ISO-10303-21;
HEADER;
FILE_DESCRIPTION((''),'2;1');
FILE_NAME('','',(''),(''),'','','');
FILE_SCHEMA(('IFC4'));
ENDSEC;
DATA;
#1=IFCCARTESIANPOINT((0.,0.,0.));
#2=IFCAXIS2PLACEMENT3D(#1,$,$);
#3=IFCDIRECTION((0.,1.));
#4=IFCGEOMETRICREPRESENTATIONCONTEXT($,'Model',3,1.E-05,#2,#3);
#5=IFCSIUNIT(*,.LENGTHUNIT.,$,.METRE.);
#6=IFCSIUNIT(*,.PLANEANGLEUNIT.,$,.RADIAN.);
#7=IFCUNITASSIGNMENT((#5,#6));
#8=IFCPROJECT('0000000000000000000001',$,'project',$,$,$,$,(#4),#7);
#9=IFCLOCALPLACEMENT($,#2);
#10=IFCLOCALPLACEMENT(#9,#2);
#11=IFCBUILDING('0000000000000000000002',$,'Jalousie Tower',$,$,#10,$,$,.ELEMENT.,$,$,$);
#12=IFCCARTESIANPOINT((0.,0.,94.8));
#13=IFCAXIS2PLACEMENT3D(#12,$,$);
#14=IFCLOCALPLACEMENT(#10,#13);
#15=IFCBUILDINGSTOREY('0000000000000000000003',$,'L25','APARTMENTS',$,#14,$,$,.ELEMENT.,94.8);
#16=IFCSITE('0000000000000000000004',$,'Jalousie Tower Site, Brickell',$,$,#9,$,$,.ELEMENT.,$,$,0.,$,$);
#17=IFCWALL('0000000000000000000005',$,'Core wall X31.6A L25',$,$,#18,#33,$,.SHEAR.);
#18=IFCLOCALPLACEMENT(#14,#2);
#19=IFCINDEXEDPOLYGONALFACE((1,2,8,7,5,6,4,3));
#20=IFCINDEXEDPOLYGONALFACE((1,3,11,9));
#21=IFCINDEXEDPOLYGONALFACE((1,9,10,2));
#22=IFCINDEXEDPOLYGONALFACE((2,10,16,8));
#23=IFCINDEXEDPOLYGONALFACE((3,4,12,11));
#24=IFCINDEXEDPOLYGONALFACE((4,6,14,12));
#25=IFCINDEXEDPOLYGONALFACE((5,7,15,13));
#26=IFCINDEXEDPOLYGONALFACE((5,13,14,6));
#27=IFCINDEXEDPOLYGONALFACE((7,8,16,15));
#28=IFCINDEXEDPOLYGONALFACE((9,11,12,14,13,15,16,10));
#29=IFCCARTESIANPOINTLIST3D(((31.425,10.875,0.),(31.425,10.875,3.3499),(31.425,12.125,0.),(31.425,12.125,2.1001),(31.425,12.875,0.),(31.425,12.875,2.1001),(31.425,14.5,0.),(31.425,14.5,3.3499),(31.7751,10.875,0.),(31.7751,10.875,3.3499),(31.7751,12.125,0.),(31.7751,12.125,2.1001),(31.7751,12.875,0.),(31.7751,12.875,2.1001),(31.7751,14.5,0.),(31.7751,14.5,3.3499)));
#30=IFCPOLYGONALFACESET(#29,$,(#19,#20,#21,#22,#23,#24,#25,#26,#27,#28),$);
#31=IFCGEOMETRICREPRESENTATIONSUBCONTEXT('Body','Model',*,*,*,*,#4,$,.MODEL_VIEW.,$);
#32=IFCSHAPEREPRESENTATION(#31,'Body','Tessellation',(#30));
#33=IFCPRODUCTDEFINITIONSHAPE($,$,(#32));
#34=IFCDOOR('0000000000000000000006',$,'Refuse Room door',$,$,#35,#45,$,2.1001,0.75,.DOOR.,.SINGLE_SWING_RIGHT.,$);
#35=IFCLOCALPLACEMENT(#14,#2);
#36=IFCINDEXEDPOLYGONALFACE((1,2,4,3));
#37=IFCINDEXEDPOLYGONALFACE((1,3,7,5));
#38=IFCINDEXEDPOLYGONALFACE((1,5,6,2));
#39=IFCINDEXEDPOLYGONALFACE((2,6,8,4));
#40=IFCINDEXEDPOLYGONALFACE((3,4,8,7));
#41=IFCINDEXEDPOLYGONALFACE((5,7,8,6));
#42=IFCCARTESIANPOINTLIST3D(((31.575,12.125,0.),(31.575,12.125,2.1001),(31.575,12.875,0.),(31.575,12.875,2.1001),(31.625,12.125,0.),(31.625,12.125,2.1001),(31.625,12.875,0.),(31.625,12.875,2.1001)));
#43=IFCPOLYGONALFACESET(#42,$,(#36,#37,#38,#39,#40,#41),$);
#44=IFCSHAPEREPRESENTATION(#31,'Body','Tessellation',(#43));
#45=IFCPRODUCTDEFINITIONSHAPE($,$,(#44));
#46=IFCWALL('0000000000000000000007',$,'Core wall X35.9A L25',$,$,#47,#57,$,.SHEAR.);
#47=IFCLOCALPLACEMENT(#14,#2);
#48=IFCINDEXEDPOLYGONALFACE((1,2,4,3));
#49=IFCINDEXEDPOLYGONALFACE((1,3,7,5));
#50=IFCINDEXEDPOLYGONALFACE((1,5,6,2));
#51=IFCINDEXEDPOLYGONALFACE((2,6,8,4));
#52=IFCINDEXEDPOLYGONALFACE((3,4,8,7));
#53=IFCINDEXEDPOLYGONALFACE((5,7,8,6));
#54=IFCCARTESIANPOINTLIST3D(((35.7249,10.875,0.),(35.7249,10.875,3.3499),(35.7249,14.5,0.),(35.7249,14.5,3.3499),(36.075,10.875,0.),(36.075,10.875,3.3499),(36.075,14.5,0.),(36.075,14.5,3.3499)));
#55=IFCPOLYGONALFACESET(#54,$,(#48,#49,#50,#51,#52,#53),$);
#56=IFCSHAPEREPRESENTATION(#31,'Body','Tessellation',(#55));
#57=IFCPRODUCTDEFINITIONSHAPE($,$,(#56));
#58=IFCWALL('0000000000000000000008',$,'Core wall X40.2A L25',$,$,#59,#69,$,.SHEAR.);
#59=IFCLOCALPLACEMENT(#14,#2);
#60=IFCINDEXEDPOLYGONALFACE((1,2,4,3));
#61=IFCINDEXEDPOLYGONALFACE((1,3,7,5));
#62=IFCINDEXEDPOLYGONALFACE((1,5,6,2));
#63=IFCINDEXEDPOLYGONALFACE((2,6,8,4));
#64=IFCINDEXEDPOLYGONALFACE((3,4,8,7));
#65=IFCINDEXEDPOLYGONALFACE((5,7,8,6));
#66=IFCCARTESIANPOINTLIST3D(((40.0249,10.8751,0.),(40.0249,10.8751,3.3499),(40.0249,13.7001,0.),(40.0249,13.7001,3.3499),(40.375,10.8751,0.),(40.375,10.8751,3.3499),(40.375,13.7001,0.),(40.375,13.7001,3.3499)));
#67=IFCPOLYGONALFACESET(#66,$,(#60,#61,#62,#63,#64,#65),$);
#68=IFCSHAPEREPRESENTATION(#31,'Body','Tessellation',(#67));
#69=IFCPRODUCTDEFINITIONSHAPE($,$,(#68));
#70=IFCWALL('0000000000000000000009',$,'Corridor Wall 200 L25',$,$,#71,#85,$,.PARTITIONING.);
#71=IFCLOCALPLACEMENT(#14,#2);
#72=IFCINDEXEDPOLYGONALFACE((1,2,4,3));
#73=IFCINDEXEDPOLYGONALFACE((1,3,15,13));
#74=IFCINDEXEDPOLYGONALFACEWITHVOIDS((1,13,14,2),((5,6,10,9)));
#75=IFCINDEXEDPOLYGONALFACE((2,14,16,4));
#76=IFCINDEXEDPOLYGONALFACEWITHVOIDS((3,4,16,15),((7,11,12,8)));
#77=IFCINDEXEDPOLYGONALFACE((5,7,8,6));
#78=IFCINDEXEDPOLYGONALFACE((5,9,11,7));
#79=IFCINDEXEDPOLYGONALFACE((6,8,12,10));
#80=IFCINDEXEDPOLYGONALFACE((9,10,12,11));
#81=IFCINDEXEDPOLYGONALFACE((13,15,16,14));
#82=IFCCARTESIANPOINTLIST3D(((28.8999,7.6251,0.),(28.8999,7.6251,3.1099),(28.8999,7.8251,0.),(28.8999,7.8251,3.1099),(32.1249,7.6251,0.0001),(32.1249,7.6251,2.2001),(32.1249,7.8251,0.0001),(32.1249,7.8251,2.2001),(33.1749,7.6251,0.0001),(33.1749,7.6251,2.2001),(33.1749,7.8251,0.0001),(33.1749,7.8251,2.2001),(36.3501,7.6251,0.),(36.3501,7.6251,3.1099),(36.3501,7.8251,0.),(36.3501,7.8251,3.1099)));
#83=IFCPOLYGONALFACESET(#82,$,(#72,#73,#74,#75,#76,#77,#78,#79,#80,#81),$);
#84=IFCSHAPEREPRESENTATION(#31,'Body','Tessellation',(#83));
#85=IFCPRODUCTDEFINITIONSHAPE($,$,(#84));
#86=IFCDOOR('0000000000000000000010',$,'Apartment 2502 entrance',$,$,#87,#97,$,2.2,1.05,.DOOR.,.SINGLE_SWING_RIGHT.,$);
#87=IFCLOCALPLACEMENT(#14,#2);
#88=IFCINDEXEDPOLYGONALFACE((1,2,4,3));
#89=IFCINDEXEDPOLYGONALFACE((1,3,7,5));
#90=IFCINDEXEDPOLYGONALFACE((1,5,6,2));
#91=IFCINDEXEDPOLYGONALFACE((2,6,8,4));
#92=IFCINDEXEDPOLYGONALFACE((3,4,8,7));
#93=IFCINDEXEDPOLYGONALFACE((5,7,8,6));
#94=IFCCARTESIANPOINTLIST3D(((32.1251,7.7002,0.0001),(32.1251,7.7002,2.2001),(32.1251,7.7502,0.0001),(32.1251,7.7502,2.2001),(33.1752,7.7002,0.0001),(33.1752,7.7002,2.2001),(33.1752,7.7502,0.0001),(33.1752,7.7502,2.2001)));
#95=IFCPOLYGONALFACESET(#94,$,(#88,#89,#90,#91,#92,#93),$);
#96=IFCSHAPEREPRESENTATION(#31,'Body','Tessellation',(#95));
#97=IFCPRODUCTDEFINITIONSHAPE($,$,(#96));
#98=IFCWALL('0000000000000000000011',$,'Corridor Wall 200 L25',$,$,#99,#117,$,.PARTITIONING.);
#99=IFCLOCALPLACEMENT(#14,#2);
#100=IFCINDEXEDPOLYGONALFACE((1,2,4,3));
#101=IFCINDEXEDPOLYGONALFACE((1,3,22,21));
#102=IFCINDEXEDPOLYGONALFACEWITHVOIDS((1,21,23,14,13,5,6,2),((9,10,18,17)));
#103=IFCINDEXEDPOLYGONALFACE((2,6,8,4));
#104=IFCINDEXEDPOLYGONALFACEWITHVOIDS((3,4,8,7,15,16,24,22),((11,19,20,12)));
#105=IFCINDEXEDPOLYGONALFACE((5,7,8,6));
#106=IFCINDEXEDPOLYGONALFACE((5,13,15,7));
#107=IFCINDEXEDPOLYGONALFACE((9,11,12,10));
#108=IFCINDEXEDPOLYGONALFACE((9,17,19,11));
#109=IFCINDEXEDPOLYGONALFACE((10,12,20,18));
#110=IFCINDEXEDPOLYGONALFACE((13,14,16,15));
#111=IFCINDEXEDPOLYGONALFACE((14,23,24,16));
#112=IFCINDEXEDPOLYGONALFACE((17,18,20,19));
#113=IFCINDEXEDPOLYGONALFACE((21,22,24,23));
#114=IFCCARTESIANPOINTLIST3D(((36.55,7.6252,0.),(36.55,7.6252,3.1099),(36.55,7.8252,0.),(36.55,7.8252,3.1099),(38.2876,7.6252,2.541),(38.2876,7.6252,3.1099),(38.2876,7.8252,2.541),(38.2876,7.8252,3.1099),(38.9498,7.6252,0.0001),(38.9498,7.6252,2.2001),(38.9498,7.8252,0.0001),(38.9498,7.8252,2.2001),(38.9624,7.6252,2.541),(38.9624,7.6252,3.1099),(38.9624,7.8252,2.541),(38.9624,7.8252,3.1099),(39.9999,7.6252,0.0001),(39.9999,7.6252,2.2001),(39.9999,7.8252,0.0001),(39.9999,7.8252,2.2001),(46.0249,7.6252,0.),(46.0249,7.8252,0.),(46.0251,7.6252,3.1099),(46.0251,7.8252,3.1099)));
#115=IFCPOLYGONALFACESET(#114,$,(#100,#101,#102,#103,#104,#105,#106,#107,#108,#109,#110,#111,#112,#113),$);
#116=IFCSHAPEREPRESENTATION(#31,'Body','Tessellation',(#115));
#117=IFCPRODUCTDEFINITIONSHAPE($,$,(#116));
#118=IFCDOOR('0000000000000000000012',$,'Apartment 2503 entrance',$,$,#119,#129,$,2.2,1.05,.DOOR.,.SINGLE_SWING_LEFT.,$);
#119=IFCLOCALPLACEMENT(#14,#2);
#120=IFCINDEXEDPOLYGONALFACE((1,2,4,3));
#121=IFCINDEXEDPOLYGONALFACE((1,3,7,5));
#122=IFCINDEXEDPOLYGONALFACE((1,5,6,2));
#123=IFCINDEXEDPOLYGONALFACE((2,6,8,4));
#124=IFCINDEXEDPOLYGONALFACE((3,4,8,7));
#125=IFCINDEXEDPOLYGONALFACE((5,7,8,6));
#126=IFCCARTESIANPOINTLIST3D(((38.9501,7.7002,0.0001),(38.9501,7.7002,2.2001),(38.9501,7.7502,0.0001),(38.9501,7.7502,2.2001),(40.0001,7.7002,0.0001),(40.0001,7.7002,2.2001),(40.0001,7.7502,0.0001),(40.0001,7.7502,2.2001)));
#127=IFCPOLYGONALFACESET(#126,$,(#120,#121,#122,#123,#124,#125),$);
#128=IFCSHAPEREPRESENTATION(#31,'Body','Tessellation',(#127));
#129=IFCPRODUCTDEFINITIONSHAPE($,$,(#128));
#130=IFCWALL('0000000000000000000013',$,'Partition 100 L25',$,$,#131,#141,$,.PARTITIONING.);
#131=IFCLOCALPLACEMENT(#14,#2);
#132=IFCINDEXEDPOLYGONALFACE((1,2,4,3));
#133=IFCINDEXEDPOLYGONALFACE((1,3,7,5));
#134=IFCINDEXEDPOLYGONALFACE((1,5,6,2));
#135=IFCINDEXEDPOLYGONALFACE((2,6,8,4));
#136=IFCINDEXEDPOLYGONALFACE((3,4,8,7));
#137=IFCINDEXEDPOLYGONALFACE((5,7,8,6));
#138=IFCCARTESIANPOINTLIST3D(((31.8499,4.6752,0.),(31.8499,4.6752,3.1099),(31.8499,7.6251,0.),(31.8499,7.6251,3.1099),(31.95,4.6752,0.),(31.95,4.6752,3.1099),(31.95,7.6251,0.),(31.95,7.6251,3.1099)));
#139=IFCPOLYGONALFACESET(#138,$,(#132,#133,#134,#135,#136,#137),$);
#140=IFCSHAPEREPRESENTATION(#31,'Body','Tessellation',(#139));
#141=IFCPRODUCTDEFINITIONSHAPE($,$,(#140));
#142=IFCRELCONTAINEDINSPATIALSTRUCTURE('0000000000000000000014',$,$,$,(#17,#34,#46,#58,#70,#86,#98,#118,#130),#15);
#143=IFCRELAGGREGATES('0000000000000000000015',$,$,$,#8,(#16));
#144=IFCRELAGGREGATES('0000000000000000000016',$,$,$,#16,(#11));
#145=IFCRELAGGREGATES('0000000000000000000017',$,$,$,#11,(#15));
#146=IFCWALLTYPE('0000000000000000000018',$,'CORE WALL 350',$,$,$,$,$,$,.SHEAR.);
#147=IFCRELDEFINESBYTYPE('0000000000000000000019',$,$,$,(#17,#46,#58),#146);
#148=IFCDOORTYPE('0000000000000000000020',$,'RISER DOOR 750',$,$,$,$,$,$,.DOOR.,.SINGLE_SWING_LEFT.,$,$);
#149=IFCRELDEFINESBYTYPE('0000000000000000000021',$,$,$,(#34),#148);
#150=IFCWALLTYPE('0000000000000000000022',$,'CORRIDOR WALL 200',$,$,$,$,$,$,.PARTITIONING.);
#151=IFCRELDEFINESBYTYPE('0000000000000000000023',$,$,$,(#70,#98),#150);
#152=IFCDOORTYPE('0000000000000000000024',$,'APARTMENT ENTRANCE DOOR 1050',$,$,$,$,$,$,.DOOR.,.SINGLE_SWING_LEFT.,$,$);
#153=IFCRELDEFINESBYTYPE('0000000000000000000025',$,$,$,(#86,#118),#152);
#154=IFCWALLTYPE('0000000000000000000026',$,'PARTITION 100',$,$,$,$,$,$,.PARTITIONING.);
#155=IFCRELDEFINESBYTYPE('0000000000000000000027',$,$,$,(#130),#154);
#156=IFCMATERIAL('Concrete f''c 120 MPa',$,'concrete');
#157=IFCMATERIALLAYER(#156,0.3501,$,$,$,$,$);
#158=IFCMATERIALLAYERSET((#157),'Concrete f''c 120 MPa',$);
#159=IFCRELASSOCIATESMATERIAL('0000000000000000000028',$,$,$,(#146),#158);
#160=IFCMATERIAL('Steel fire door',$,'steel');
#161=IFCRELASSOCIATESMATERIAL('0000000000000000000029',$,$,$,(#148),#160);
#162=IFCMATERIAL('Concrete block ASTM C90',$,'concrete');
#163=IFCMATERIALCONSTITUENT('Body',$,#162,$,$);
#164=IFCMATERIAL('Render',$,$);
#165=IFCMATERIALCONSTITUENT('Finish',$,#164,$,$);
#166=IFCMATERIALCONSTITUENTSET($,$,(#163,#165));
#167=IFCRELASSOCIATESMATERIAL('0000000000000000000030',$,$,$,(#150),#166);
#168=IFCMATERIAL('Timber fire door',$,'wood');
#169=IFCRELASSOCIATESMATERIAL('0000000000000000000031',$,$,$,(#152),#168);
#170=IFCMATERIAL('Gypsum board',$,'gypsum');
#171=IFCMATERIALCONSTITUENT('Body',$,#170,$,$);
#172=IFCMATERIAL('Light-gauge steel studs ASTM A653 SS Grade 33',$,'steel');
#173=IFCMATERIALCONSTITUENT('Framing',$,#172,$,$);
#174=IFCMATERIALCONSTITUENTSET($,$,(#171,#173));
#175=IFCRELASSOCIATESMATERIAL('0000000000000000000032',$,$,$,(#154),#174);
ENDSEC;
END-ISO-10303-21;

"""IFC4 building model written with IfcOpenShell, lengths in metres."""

from ifc_helpers import new_model, si_unit, direction, frame, frame_2d, origin, place, context, subcontext, project, spatial, polyline, rectangle, outline, extrude, material, layer, layer_set, constituent, constituent_set, type_object, element, fill, save


model = new_model("IFC4")

# Units and contexts
model_context = context("Model", 3, precision=1e-05, world=origin(), true_north=direction((0.0, 1.0)))
body_context = subcontext(model_context, "Body", "Model", "MODEL_VIEW")
ifc_project = project(units=[si_unit("LENGTHUNIT", "METRE"), si_unit("PLANEANGLEUNIT", "RADIAN")], contexts=[model_context])

# Site, building, storey
site_placement = place(None, origin())
site = spatial("IfcSite", under=ifc_project, at=site_placement, Name="Jalousie Tower Site, Brickell", CompositionType="ELEMENT", RefElevation=0.0)
building_placement = place(site_placement, origin())
building = spatial("IfcBuilding", under=site, at=building_placement, Name="Jalousie Tower", CompositionType="ELEMENT")
storey_placement = place(building_placement, frame((0.0, 0.0, 94.8)))
storey = spatial("IfcBuildingStorey", under=building, at=storey_placement, Name="L25", Description="APARTMENTS", CompositionType="ELEMENT", Elevation=94.8)

# Wall, opening, door
ifc_material_1 = material(Name="Concrete f'c 120 MPa", Category="concrete")
ifc_layer_1 = layer(ifc_material_1, 0.3501)
ifc_layer_set_1 = layer_set([ifc_layer_1], Name="Concrete f'c 120 MPa")
wall_type_1 = type_object("IfcWallType", Name="CORE WALL 350", PredefinedType="SHEAR", material=ifc_layer_set_1)
wall_1_placement = place(storey_placement, frame((31.6001, 10.875, 0.0), z_axis=(0.0, 0.0, 1.0), x_axis=(0.0, 1.0, 0.0)))
wall_1 = element("IfcWall", 1, at=wall_1_placement, inside=storey, type_object=wall_type_1, Name="Core wall X31.6A L25", PredefinedType="SHEAR", context=body_context, shape_type="SweptSolid", body=[
    extrude(rectangle(XDim=3.625, YDim=0.3501, at=frame_2d((1.8125, 0.0))), origin(), (0.0, 0.0, 1.0), 3.3499),
])
opening_1_placement = place(wall_1_placement, frame((1.25, 0.0, 0.0)))
opening_1 = element("IfcOpeningElement", 2, at=opening_1_placement, cuts=wall_1, PredefinedType="OPENING", context=body_context, shape_type="SweptSolid", body=[
    extrude(rectangle(XDim=0.75, YDim=2.1001, at=frame_2d((0.375, 1.05))), frame((0.0, 0.1851, 0.0), z_axis=(0.0, -1.0, 0.0), x_axis=(1.0, 0.0, 0.0)), (0.0, 0.0, 1.0), 0.3701),
])
ifc_material_2 = material(Name="Steel fire door", Category="steel")
door_type_1 = type_object("IfcDoorType", Name="RISER DOOR 750", OperationType="SINGLE_SWING_LEFT", PredefinedType="DOOR", material=ifc_material_2)
door_1_placement = place(opening_1_placement, frame((0.75, 0.0, 0.0), z_axis=(0.0, 0.0, 1.0), x_axis=(-1.0, 0.0, 0.0)))
door_1 = element("IfcDoor", 3, at=door_1_placement, inside=storey, type_object=door_type_1, Name="Refuse Room door", OperationType="SINGLE_SWING_RIGHT", OverallHeight=2.1001, OverallWidth=0.75, PredefinedType="DOOR", context=body_context, shape_type="SweptSolid", body=[
    extrude(rectangle(XDim=0.75, YDim=2.1001, at=frame_2d((0.375, 1.05))), frame((0.0, 0.0249, 0.0), z_axis=(0.0, -1.0, 0.0), x_axis=(1.0, 0.0, 0.0)), (0.0, 0.0, 1.0), 0.05),
])
fill(opening_1, door_1)

# Walls
wall_2_placement = place(storey_placement, frame((35.8999, 10.875, 0.0), z_axis=(0.0, 0.0, 1.0), x_axis=(0.0, 1.0, 0.0)))
element("IfcWall", 4, at=wall_2_placement, inside=storey, type_object=wall_type_1, Name="Core wall X35.9A L25", PredefinedType="SHEAR", context=body_context, shape_type="SweptSolid", body=[
    extrude(rectangle(XDim=3.625, YDim=0.3501, at=frame_2d((1.8125, 0.0))), origin(), (0.0, 0.0, 1.0), 3.3499),
])
wall_3_placement = place(storey_placement, frame((40.2, 10.875, 0.0), z_axis=(0.0, 0.0, 1.0), x_axis=(0.0, 1.0, 0.0)))
element("IfcWall", 5, at=wall_3_placement, inside=storey, type_object=wall_type_1, Name="Core wall X40.2A L25", PredefinedType="SHEAR", context=body_context, shape_type="SweptSolid", body=[
    extrude(rectangle(XDim=2.825, YDim=0.3501, at=frame_2d((1.4126, 0.0))), origin(), (0.0, 0.0, 1.0), 3.3499),
])

# Walls, openings, doors
ifc_material_3 = material(Name="Concrete block ASTM C90", Category="concrete")
ifc_constituent_1 = constituent(ifc_material_3, Name="Body")
ifc_material_4 = material(Name="Render")
ifc_constituent_2 = constituent(ifc_material_4, Name="Finish")
ifc_constituent_set_1 = constituent_set(constituents=[ifc_constituent_1, ifc_constituent_2])
wall_type_2 = type_object("IfcWallType", Name="CORRIDOR WALL 200", PredefinedType="PARTITIONING", material=ifc_constituent_set_1)
wall_4_placement = place(storey_placement, frame((28.8999, 7.7251, 0.0), z_axis=(0.0, 0.0, 1.0), x_axis=(1.0, 0.0, 0.0)))
wall_4 = element("IfcWall", 6, at=wall_4_placement, inside=storey, type_object=wall_type_2, Name="Corridor Wall 200 L25", PredefinedType="PARTITIONING", context=body_context, shape_type="SweptSolid", body=[
    extrude(rectangle(XDim=7.4502, YDim=0.2, at=frame_2d((3.7251, 0.0))), origin(), (0.0, 0.0, 1.0), 3.1099),
])
opening_2_placement = place(wall_4_placement, frame((3.2251, 0.0, 0.0)))
opening_2 = element("IfcOpeningElement", 7, at=opening_2_placement, cuts=wall_4, PredefinedType="OPENING", context=body_context, shape_type="SweptSolid", body=[
    extrude(rectangle(XDim=1.05, YDim=2.2, at=frame_2d((0.5249, 1.1001))), frame((0.0, 0.1099, 0.0), z_axis=(0.0, -1.0, 0.0), x_axis=(1.0, 0.0, 0.0)), (0.0, 0.0, 1.0), 0.22),
])
ifc_material_5 = material(Name="Timber fire door", Category="wood")
door_type_2 = type_object("IfcDoorType", Name="APARTMENT ENTRANCE DOOR 1050", OperationType="SINGLE_SWING_LEFT", PredefinedType="DOOR", material=ifc_material_5)
door_2_placement = place(opening_2_placement, frame((1.05, 0.0, 0.0), z_axis=(0.0, 0.0, 1.0), x_axis=(-1.0, 0.0, 0.0)))
door_2 = element("IfcDoor", 8, at=door_2_placement, inside=storey, type_object=door_type_2, Name="Apartment 2502 entrance", OperationType="SINGLE_SWING_RIGHT", OverallHeight=2.2, OverallWidth=1.05, PredefinedType="DOOR", context=body_context, shape_type="SweptSolid", body=[
    extrude(rectangle(XDim=1.05, YDim=2.2, at=frame_2d((0.5249, 1.1001))), frame((0.0, 0.0249, 0.0), z_axis=(0.0, -1.0, 0.0), x_axis=(1.0, 0.0, 0.0)), (0.0, 0.0, 1.0), 0.05),
])
fill(opening_2, door_2)
wall_5_placement = place(storey_placement, frame((36.55, 7.7251, 0.0), z_axis=(0.0, 0.0, 1.0), x_axis=(1.0, 0.0, 0.0)))
wall_5 = element("IfcWall", 9, at=wall_5_placement, inside=storey, type_object=wall_type_2, Name="Corridor Wall 200 L25", PredefinedType="PARTITIONING", context=body_context, shape_type="SweptSolid", body=[
    extrude(outline(polyline([(0.0, 0.0), (9.4749, 0.0), (9.4751, 3.1099), (2.4124, 3.1099), (2.4124, 2.541), (1.7375, 2.541), (1.7375, 3.1099), (0.0, 3.1099), (0.0, 0.0)])), frame((0.0, 0.1001, 0.0), z_axis=(0.0, -1.0, 0.0), x_axis=(1.0, 0.0, 0.0)), (0.0, 0.0, 1.0), 0.2),
])
opening_3_placement = place(wall_5_placement, frame((2.3999, 0.0, 0.0)))
opening_3 = element("IfcOpeningElement", 10, at=opening_3_placement, cuts=wall_5, PredefinedType="OPENING", context=body_context, shape_type="SweptSolid", body=[
    extrude(rectangle(XDim=1.05, YDim=2.2, at=frame_2d((0.5249, 1.1001))), frame((0.0, 0.1099, 0.0), z_axis=(0.0, -1.0, 0.0), x_axis=(1.0, 0.0, 0.0)), (0.0, 0.0, 1.0), 0.22),
])
door_3_placement = place(opening_3_placement, frame((1.05, 0.0, 0.0), z_axis=(0.0, 0.0, 1.0), x_axis=(-1.0, 0.0, 0.0)))
door_3 = element("IfcDoor", 11, at=door_3_placement, inside=storey, type_object=door_type_2, Name="Apartment 2503 entrance", OperationType="SINGLE_SWING_LEFT", OverallHeight=2.2, OverallWidth=1.05, PredefinedType="DOOR", context=body_context, shape_type="SweptSolid", body=[
    extrude(rectangle(XDim=1.05, YDim=2.2, at=frame_2d((0.5249, 1.1001))), frame((0.0, 0.0249, 0.0), z_axis=(0.0, -1.0, 0.0), x_axis=(1.0, 0.0, 0.0)), (0.0, 0.0, 1.0), 0.05),
])
fill(opening_3, door_3)

# Wall
ifc_material_6 = material(Name="Gypsum board", Category="gypsum")
ifc_constituent_3 = constituent(ifc_material_6, Name="Body")
ifc_material_7 = material(Name="Light-gauge steel studs ASTM A653 SS Grade 33", Category="steel")
ifc_constituent_4 = constituent(ifc_material_7, Name="Framing")
ifc_constituent_set_2 = constituent_set(constituents=[ifc_constituent_3, ifc_constituent_4])
wall_type_3 = type_object("IfcWallType", Name="PARTITION 100", PredefinedType="PARTITIONING", material=ifc_constituent_set_2)
wall_6_placement = place(storey_placement, frame((31.8999, 4.675, 0.0), z_axis=(0.0, 0.0, 1.0), x_axis=(0.0, 1.0, 0.0)))
element("IfcWall", 12, at=wall_6_placement, inside=storey, type_object=wall_type_3, Name="Partition 100 L25", PredefinedType="PARTITIONING", context=body_context, shape_type="SweptSolid", body=[
    extrude(rectangle(XDim=2.95, YDim=0.1001, at=frame_2d((1.4751, 0.0))), origin(), (0.0, 0.0, 1.0), 3.1099),
])

save(model, "model.ifc")
